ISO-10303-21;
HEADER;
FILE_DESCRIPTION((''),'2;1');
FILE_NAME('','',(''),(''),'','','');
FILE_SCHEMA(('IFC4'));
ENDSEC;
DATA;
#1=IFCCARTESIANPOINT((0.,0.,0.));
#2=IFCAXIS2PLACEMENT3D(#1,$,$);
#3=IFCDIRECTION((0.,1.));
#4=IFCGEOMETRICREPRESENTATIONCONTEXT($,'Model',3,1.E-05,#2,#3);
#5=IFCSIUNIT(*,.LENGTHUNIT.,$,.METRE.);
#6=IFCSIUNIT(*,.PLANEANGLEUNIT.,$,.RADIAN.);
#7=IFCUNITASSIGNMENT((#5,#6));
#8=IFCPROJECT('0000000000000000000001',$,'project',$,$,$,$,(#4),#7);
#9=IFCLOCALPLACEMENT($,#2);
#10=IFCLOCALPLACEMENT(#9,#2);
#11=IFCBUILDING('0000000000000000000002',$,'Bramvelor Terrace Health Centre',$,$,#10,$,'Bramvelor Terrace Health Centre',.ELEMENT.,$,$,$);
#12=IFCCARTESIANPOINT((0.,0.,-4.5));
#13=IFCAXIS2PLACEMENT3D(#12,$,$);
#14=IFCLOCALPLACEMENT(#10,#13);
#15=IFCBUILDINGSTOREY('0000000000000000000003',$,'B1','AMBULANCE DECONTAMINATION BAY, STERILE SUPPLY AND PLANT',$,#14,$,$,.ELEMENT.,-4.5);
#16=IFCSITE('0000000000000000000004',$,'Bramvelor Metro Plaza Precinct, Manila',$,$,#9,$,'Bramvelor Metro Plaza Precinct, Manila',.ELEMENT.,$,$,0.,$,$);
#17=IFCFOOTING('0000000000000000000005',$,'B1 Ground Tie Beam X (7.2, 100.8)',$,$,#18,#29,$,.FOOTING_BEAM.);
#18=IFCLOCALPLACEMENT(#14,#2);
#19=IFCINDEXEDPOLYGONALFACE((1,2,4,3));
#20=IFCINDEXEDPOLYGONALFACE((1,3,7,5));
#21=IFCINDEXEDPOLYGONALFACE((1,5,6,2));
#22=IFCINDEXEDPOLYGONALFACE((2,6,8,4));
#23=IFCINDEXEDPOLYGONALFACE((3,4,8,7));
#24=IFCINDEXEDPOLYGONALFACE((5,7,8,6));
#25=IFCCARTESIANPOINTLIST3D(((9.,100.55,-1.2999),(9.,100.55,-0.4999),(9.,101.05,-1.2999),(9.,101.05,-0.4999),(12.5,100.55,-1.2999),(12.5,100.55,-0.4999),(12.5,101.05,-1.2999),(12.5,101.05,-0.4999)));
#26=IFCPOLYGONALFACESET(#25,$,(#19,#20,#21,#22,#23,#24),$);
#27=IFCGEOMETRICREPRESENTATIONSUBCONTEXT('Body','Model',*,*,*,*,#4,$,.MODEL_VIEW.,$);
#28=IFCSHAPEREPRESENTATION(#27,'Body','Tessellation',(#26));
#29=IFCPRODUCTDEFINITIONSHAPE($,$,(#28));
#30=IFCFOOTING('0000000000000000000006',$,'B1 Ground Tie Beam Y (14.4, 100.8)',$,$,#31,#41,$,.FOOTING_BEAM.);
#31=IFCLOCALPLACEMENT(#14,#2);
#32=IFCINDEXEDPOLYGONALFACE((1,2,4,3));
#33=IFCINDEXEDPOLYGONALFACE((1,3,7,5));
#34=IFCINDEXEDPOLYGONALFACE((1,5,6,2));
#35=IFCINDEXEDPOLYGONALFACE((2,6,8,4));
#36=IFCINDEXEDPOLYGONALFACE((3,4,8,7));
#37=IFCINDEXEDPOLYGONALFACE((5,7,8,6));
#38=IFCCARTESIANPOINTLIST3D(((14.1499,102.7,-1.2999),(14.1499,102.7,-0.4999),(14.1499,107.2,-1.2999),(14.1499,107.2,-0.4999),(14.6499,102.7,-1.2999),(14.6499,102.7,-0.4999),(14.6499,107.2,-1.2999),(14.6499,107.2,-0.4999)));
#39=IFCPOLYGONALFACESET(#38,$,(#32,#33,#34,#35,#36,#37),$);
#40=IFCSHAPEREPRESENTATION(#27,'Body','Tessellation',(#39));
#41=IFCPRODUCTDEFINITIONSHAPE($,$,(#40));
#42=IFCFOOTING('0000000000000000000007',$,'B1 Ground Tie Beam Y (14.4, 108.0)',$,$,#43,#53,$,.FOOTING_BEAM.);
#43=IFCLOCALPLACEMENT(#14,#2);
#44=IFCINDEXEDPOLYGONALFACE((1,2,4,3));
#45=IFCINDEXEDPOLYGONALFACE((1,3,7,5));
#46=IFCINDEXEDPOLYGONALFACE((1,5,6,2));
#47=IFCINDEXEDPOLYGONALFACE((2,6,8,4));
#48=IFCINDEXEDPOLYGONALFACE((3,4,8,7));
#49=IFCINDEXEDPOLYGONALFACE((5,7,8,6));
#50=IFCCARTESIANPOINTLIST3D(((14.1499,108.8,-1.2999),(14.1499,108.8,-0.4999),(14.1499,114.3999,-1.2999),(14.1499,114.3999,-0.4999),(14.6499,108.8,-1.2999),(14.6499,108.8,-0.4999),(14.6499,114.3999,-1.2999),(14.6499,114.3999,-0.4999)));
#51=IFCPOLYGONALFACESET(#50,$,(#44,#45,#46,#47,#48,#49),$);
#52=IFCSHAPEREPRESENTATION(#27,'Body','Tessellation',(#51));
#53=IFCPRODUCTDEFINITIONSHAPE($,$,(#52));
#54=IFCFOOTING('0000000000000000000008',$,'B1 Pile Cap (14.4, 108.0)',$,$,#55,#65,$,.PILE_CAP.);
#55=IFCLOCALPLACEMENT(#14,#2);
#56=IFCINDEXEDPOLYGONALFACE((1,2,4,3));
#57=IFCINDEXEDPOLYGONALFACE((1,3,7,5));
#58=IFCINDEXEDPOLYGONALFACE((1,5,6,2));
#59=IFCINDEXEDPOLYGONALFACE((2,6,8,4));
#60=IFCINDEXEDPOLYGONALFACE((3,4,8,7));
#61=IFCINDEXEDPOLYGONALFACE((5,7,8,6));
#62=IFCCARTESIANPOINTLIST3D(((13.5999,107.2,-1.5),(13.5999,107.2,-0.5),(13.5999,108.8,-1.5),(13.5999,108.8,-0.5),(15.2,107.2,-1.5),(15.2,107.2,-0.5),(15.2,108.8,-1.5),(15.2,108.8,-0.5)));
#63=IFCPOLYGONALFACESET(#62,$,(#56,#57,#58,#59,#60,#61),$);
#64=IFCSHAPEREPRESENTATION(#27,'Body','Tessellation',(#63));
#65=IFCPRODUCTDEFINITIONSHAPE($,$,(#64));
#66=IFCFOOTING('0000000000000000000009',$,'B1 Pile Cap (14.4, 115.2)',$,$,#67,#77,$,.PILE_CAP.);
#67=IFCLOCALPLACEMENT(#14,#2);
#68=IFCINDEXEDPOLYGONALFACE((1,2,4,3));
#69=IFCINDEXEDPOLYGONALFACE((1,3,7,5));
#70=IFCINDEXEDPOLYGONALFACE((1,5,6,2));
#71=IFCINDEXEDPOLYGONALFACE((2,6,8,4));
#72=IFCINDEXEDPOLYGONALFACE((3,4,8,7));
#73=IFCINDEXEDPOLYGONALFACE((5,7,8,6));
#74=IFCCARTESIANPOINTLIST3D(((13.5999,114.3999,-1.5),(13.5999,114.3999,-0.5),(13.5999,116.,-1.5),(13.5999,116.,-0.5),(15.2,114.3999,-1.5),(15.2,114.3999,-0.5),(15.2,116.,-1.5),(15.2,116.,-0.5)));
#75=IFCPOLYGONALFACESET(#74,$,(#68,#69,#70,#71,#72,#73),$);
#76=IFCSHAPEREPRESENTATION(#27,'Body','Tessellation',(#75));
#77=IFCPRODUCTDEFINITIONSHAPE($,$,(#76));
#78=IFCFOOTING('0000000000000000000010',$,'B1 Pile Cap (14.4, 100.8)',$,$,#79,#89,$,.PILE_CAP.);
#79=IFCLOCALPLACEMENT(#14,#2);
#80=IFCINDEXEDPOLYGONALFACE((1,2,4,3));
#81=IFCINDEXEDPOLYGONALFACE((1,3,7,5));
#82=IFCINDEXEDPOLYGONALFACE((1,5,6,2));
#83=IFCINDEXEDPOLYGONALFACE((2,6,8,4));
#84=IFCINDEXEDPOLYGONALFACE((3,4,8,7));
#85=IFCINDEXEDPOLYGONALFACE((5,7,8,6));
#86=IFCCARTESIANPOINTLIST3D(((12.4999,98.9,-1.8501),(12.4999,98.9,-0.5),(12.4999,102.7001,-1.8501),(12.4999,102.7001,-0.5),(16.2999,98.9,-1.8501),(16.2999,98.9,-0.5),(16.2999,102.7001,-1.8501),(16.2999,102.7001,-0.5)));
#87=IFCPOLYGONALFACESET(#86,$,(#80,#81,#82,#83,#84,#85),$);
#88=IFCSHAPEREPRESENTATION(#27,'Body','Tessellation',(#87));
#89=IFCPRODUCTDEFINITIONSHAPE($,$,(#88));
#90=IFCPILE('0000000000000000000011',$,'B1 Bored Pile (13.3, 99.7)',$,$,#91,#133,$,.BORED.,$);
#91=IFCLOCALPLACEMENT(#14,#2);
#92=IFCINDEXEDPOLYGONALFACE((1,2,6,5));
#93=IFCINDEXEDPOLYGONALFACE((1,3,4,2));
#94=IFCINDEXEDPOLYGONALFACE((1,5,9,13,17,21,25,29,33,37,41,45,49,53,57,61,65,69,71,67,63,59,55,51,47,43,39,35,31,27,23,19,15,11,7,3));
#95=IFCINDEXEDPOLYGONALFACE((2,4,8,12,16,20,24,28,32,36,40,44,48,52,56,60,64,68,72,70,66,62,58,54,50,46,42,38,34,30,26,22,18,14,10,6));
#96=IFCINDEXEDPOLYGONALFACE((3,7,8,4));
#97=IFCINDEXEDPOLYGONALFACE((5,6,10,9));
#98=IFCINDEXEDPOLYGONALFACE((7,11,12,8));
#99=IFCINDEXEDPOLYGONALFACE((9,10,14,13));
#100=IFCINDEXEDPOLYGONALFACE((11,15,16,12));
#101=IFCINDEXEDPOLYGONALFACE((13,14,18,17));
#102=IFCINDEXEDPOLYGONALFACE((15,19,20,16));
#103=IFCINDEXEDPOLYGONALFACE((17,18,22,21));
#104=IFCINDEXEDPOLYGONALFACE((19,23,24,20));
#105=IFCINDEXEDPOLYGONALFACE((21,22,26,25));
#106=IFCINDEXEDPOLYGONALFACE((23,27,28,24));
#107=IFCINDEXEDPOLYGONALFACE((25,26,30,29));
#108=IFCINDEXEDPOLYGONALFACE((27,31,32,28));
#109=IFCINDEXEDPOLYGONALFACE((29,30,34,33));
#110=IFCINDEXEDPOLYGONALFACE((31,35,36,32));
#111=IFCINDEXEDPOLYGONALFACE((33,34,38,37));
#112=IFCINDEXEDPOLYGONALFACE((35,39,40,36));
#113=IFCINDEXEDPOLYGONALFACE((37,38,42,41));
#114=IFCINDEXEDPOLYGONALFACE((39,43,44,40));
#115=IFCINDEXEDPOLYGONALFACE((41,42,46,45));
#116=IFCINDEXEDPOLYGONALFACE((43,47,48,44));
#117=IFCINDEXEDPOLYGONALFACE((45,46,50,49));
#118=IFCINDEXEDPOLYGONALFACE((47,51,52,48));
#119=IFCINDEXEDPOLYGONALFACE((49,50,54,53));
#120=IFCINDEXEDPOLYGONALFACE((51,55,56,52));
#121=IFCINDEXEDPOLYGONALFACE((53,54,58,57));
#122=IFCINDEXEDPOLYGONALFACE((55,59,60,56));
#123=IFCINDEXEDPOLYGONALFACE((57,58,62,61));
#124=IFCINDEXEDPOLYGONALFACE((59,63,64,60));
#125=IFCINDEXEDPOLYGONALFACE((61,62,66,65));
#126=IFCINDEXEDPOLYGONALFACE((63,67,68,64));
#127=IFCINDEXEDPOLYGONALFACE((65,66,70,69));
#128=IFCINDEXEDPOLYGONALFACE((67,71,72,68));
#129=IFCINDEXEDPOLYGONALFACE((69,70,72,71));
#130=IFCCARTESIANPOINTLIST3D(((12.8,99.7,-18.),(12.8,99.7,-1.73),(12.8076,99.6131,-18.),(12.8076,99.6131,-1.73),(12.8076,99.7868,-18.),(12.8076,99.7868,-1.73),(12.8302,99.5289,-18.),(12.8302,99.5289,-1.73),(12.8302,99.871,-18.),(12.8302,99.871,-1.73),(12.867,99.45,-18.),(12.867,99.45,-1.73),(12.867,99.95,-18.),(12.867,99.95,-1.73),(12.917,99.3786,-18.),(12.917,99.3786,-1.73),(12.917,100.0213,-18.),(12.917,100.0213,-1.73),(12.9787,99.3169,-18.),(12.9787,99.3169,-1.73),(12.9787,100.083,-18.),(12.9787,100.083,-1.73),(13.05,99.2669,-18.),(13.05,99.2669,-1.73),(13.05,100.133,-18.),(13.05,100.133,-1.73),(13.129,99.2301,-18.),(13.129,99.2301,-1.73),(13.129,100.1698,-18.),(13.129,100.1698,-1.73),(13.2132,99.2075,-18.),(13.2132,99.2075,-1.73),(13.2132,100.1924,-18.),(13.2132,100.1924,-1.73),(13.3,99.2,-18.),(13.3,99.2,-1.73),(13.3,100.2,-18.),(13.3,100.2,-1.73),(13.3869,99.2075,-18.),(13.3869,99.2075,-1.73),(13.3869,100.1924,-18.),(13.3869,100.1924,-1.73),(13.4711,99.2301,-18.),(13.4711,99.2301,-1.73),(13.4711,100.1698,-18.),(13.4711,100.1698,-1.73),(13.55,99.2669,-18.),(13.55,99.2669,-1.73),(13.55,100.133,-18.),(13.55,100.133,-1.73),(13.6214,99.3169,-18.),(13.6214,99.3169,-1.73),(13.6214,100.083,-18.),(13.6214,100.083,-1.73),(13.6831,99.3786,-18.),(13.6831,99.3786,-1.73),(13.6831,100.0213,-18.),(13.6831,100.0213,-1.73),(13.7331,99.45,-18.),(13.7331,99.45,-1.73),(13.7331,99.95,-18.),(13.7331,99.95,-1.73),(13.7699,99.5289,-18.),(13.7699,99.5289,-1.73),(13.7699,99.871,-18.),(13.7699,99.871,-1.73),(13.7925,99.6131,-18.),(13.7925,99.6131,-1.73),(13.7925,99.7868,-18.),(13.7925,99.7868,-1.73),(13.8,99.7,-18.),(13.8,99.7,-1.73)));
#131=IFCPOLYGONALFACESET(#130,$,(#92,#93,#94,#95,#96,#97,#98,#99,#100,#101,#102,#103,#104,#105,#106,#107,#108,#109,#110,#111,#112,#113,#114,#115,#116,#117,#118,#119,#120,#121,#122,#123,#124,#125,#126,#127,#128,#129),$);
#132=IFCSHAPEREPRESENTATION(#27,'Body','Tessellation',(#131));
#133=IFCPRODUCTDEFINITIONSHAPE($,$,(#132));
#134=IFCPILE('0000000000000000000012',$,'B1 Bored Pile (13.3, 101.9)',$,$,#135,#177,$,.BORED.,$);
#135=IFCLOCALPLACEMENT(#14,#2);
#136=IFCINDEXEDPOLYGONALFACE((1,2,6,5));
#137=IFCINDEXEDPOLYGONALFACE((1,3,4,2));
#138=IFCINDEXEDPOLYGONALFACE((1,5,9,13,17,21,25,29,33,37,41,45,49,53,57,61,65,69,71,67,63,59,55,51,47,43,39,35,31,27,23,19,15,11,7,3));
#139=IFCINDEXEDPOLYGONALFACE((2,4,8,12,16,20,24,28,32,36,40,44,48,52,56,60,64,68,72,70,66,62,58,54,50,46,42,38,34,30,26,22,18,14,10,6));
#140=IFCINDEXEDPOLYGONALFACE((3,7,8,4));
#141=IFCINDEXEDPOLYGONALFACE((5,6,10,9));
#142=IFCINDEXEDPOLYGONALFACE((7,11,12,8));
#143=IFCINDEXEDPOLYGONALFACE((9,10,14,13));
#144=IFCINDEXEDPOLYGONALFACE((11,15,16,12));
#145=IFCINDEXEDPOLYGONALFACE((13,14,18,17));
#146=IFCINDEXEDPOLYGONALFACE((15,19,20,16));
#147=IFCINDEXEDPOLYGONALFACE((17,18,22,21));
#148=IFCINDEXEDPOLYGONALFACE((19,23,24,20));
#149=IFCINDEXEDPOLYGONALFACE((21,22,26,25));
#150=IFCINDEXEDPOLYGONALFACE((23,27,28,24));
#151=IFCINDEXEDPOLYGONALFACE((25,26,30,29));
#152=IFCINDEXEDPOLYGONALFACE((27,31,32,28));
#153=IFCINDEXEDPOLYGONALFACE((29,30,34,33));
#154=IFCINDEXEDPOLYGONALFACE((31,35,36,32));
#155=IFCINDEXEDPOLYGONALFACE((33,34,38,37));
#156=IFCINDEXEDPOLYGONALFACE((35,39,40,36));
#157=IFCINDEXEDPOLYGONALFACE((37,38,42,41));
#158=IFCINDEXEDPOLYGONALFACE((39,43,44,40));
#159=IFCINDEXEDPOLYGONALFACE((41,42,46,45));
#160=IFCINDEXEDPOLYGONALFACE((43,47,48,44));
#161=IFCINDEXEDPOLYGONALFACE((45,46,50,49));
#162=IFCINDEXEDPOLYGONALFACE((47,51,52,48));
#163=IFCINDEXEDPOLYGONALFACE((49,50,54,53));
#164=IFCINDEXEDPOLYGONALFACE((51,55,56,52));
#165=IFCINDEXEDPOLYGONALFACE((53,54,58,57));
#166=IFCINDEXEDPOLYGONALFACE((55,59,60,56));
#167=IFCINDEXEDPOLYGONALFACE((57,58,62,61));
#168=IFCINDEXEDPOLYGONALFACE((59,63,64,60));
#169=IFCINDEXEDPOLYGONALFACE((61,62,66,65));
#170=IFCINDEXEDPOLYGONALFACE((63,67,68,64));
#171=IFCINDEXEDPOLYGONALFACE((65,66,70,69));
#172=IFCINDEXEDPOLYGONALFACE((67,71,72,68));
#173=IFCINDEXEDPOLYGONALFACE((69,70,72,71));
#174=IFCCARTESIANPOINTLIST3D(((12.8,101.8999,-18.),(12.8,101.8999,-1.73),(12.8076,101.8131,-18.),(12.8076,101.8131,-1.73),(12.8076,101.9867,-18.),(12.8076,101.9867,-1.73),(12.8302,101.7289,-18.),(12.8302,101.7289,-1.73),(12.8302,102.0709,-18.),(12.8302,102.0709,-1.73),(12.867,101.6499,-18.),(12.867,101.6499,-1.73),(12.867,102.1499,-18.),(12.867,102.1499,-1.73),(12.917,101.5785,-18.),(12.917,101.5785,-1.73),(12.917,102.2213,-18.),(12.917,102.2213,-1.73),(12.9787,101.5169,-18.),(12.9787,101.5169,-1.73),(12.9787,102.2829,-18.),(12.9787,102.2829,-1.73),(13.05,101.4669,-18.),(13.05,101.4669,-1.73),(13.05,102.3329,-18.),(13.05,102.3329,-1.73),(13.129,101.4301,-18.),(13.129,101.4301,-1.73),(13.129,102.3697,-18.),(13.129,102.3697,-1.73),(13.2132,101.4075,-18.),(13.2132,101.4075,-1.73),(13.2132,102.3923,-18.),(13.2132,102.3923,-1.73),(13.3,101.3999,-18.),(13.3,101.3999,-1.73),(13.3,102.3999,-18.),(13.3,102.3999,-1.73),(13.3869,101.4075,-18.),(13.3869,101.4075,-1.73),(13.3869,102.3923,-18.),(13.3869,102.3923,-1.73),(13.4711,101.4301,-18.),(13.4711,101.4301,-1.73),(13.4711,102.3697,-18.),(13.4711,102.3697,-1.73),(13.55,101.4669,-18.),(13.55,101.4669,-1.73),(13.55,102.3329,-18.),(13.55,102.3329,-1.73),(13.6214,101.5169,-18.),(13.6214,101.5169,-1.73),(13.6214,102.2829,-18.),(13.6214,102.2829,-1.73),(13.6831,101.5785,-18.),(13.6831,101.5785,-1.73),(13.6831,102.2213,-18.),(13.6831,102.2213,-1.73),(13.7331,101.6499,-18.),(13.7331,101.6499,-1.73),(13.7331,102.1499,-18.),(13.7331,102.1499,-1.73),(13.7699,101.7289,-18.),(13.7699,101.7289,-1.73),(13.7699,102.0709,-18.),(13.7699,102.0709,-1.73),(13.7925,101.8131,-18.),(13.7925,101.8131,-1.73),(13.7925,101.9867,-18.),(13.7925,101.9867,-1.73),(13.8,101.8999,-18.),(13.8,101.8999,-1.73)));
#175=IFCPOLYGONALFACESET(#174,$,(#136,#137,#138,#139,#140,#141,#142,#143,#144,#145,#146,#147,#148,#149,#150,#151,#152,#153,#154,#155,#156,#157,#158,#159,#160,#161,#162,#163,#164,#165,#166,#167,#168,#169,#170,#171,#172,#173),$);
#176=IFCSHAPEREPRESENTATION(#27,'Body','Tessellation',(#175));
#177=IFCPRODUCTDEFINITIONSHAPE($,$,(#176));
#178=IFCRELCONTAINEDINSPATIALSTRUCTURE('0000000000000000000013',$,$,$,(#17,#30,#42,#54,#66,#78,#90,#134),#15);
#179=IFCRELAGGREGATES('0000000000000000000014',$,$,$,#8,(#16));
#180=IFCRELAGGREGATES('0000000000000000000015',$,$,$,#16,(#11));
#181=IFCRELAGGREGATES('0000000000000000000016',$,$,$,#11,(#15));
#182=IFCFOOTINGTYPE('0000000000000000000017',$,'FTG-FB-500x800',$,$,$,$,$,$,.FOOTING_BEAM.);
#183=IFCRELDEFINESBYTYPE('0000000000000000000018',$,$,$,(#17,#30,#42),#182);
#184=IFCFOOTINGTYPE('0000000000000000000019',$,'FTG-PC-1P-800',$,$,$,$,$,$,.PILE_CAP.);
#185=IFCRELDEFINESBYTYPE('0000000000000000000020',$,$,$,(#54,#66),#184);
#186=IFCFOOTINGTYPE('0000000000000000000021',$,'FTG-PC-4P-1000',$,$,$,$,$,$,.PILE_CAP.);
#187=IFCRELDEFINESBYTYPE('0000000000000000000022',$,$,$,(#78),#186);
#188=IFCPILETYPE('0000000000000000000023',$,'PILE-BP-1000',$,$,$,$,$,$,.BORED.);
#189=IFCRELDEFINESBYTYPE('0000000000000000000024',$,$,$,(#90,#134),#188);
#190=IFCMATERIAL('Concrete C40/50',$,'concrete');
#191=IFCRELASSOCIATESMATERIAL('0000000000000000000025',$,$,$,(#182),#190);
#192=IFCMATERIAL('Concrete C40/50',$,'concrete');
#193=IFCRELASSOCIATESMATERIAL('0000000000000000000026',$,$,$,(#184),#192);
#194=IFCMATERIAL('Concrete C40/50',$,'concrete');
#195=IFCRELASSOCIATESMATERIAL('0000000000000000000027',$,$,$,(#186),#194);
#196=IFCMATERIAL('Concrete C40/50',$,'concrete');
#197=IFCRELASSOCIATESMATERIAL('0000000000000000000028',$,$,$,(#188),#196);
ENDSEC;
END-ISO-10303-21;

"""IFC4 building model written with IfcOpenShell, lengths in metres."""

from ifc_helpers import new_model, si_unit, direction, frame, origin, origin_2d, place, context, subcontext, project, spatial, rectangle, circle, extrude, material, material_profile, profile_set, type_object, element, save


model = new_model("IFC4")

# Units and contexts
model_context = context("Model", 3, precision=1e-05, world=origin(), true_north=direction((0.0, 1.0)))
body_context = subcontext(model_context, "Body", "Model", "MODEL_VIEW")
ifc_project = project(units=[si_unit("LENGTHUNIT", "METRE"), si_unit("PLANEANGLEUNIT", "RADIAN")], contexts=[model_context])

# Site, building, storey
site_placement = place(None, origin())
site = spatial("IfcSite", under=ifc_project, at=site_placement, Name="Bramvelor Metro Plaza Precinct, Manila", LongName="Bramvelor Metro Plaza Precinct, Manila", CompositionType="ELEMENT", RefElevation=0.0)
building_placement = place(site_placement, origin())
building = spatial("IfcBuilding", under=site, at=building_placement, Name="Bramvelor Terrace Health Centre", LongName="Bramvelor Terrace Health Centre", CompositionType="ELEMENT")
storey_placement = place(building_placement, frame((0.0, 0.0, -4.5)))
storey = spatial("IfcBuildingStorey", under=building, at=storey_placement, Name="B1", Description="AMBULANCE DECONTAMINATION BAY, STERILE SUPPLY AND PLANT", CompositionType="ELEMENT", Elevation=-4.5)

# Footings
ifc_material_1 = material(Name="Concrete C40/50", Category="concrete")
ifc_material_profile_1 = material_profile(ifc_material_1, rectangle(XDim=0.5, YDim=0.8, at=origin_2d()), Name="RC 500x800")
ifc_profile_set_1 = profile_set([ifc_material_profile_1], Name="Concrete C40/50")
footing_type_1 = type_object("IfcFootingType", Name="FTG-FB-500x800", PredefinedType="FOOTING_BEAM", material=ifc_profile_set_1)
footing_1_placement = place(storey_placement, frame((9.0, 100.8, -0.8999), z_axis=(1.0, 0.0, 0.0), x_axis=(0.0, 1.0, 0.0)))
element("IfcFooting", 1, at=footing_1_placement, inside=storey, type_object=footing_type_1, Name="B1 Ground Tie Beam X (7.2, 100.8)", PredefinedType="FOOTING_BEAM", context=body_context, shape_type="SweptSolid", body=[
    extrude(rectangle(XDim=0.5, YDim=0.8, at=origin_2d()), origin(), (0.0, 0.0, 1.0), 3.5),
])
footing_2_placement = place(storey_placement, frame((14.3999, 102.7, -0.8999), z_axis=(0.0, 1.0, 0.0), x_axis=(-1.0, 0.0, 0.0)))
element("IfcFooting", 2, at=footing_2_placement, inside=storey, type_object=footing_type_1, Name="B1 Ground Tie Beam Y (14.4, 100.8)", PredefinedType="FOOTING_BEAM", context=body_context, shape_type="SweptSolid", body=[
    extrude(rectangle(XDim=0.5, YDim=0.8, at=origin_2d()), origin(), (0.0, 0.0, 1.0), 4.5),
])
footing_3_placement = place(storey_placement, frame((14.3999, 108.8, -0.8999), z_axis=(0.0, 1.0, 0.0), x_axis=(-1.0, 0.0, 0.0)))
element("IfcFooting", 3, at=footing_3_placement, inside=storey, type_object=footing_type_1, Name="B1 Ground Tie Beam Y (14.4, 108.0)", PredefinedType="FOOTING_BEAM", context=body_context, shape_type="SweptSolid", body=[
    extrude(rectangle(XDim=0.5, YDim=0.8, at=origin_2d()), origin(), (0.0, 0.0, 1.0), 5.5999),
])
ifc_material_2 = material(Name="Concrete C40/50", Category="concrete")
footing_type_2 = type_object("IfcFootingType", Name="FTG-PC-1P-800", PredefinedType="PILE_CAP", material=ifc_material_2)
for number, where, z_axis, x_axis, name in (
    (4, (14.3999, 108.0, -1.5), (0.0, 0.0, 1.0), (1.0, 0.0, 0.0), "B1 Pile Cap (14.4, 108.0)"),
    (5, (14.3999, 115.2, -1.5), (0.0, 0.0, 1.0), (1.0, 0.0, 0.0), "B1 Pile Cap (14.4, 115.2)"),
):
    element("IfcFooting", number, at=place(storey_placement, frame(where, z_axis=z_axis, x_axis=x_axis)), inside=storey, type_object=footing_type_2, Name=name, PredefinedType="PILE_CAP", context=body_context, shape_type="SweptSolid", body=[
        extrude(rectangle(XDim=1.6001, YDim=1.6001, at=origin_2d()), origin(), (0.0, 0.0, 1.0), 1.0),
    ])
ifc_material_3 = material(Name="Concrete C40/50", Category="concrete")
footing_type_3 = type_object("IfcFootingType", Name="FTG-PC-4P-1000", PredefinedType="PILE_CAP", material=ifc_material_3)
footing_4_placement = place(storey_placement, frame((14.3999, 100.8, -1.8501), z_axis=(0.0, 0.0, 1.0), x_axis=(1.0, 0.0, 0.0)))
element("IfcFooting", 6, at=footing_4_placement, inside=storey, type_object=footing_type_3, Name="B1 Pile Cap (14.4, 100.8)", PredefinedType="PILE_CAP", context=body_context, shape_type="SweptSolid", body=[
    extrude(rectangle(XDim=3.8, YDim=3.8, at=origin_2d()), origin(), (0.0, 0.0, 1.0), 1.3501),
])

# Piles
ifc_material_4 = material(Name="Concrete C40/50", Category="concrete")
ifc_material_profile_2 = material_profile(ifc_material_4, circle(Radius=0.5, at=origin_2d()), Name="BP D1000")
ifc_profile_set_2 = profile_set([ifc_material_profile_2], Name="Concrete C40/50")
pile_type_1 = type_object("IfcPileType", Name="PILE-BP-1000", PredefinedType="BORED", material=ifc_profile_set_2)
for number, where, z_axis, x_axis, name in (
    (7, (13.3, 99.7, -1.73), (0.0, 0.0, -1.0), (1.0, 0.0, 0.0), "B1 Bored Pile (13.3, 99.7)"),
    (8, (13.3, 101.8999, -1.73), (0.0, 0.0, -1.0), (1.0, 0.0, 0.0), "B1 Bored Pile (13.3, 101.9)"),
):
    element("IfcPile", number, at=place(storey_placement, frame(where, z_axis=z_axis, x_axis=x_axis)), inside=storey, type_object=pile_type_1, Name=name, PredefinedType="BORED", context=body_context, shape_type="SweptSolid", body=[
        extrude(circle(Radius=0.5, at=origin_2d()), origin(), (0.0, 0.0, 1.0), 16.27),
    ])

save(model, "model.ifc")
